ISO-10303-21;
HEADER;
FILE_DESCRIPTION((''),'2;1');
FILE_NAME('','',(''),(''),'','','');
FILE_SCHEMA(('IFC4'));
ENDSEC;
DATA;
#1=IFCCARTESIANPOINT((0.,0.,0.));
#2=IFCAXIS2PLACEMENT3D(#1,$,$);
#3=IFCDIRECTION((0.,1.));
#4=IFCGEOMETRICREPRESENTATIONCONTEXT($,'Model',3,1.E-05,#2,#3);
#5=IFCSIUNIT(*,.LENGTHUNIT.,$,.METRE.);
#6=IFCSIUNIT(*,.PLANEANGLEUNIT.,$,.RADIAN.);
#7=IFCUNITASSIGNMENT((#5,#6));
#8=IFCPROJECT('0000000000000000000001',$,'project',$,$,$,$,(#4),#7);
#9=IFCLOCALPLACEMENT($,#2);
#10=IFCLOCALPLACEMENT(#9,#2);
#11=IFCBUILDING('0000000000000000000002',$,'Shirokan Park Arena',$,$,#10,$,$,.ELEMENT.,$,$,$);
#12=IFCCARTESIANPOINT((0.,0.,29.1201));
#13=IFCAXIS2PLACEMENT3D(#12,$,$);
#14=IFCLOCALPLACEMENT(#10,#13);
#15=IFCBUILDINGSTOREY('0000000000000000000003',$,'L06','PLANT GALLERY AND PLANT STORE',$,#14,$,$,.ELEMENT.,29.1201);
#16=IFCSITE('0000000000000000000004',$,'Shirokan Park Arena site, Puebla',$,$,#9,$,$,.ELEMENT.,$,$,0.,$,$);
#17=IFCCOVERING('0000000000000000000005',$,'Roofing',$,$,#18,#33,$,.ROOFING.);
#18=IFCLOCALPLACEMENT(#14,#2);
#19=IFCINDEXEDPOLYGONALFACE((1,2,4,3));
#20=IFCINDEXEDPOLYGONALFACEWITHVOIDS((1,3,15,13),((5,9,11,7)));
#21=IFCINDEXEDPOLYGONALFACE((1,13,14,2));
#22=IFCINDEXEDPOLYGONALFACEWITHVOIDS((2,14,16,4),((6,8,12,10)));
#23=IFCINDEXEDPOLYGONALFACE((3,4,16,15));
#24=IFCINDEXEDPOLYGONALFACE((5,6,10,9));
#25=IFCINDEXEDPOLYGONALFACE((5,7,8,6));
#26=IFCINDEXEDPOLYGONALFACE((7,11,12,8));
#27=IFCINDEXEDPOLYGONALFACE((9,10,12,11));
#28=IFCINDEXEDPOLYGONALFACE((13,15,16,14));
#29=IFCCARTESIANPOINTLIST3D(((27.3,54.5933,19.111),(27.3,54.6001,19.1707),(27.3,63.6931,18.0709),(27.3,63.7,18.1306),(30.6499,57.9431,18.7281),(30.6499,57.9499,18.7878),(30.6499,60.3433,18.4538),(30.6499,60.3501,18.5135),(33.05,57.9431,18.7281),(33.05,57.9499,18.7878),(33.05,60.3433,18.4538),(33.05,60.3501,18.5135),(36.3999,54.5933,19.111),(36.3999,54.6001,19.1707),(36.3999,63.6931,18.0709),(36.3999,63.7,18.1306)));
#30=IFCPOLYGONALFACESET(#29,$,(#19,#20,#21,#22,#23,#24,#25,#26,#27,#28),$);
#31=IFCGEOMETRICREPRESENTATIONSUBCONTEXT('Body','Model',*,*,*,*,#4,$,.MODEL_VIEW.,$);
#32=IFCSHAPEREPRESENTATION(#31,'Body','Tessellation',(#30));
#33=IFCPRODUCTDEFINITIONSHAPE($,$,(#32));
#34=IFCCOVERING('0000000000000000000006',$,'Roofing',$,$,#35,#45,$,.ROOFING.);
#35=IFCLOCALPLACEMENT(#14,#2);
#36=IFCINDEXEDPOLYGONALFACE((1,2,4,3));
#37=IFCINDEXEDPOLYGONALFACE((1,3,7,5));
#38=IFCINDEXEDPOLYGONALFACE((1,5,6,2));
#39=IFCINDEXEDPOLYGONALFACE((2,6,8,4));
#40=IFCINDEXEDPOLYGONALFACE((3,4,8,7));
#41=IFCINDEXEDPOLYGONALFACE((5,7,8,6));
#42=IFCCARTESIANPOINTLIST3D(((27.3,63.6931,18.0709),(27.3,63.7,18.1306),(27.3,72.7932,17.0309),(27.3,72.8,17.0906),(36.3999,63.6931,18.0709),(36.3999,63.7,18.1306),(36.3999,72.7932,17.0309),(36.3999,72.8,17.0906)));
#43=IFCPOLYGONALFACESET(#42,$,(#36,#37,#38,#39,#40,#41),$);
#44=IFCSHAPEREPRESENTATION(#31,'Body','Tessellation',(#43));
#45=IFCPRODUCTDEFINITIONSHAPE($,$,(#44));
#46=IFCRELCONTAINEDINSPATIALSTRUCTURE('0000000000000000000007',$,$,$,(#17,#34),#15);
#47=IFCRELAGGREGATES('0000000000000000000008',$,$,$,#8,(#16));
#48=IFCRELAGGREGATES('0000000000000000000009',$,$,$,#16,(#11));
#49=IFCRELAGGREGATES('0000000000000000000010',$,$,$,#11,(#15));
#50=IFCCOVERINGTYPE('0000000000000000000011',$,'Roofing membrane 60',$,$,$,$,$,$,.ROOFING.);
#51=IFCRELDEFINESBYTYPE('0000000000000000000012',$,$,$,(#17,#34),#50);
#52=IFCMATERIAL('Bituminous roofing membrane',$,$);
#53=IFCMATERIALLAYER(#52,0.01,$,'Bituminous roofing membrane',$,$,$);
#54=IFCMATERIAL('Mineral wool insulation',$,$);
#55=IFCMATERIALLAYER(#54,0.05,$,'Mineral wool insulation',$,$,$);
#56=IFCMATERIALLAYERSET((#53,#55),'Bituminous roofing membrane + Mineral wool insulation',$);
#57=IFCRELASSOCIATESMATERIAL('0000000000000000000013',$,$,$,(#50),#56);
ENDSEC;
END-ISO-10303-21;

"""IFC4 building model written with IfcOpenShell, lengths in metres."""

from ifc_helpers import new_model, si_unit, direction, frame, origin, place, context, subcontext, project, spatial, polyline, outline, extrude, material, layer, layer_set, type_object, element, save


model = new_model("IFC4")

# Units and contexts
model_context = context("Model", 3, precision=1e-05, world=origin(), true_north=direction((0.0, 1.0)))
body_context = subcontext(model_context, "Body", "Model", "MODEL_VIEW")
ifc_project = project(units=[si_unit("LENGTHUNIT", "METRE"), si_unit("PLANEANGLEUNIT", "RADIAN")], contexts=[model_context])

# Site, building, storey
site_placement = place(None, origin())
site = spatial("IfcSite", under=ifc_project, at=site_placement, Name="Shirokan Park Arena site, Puebla", CompositionType="ELEMENT", RefElevation=0.0)
building_placement = place(site_placement, origin())
building = spatial("IfcBuilding", under=site, at=building_placement, Name="Shirokan Park Arena", CompositionType="ELEMENT")
storey_placement = place(building_placement, frame((0.0, 0.0, 29.1201)))
storey = spatial("IfcBuildingStorey", under=building, at=storey_placement, Name="L06", Description="PLANT GALLERY AND PLANT STORE", CompositionType="ELEMENT", Elevation=29.1201)

# Coverings
ifc_material_1 = material(Name="Bituminous roofing membrane")
ifc_layer_1 = layer(ifc_material_1, 0.01, Name="Bituminous roofing membrane")
ifc_material_2 = material(Name="Mineral wool insulation")
ifc_layer_2 = layer(ifc_material_2, 0.05, Name="Mineral wool insulation")
ifc_layer_set_1 = layer_set([ifc_layer_1, ifc_layer_2], Name="Bituminous roofing membrane + Mineral wool insulation")
covering_type_1 = type_object("IfcCoveringType", Name="Roofing membrane 60", PredefinedType="ROOFING", material=ifc_layer_set_1)
covering_1_placement = place(storey_placement, frame((27.3, 54.6001, 19.1707), z_axis=(0.0, 0.113553, 0.993532), x_axis=(1.0, 0.0, 0.0)))
element("IfcCovering", 1, at=covering_1_placement, inside=storey, type_object=covering_type_1, Name="Roofing", PredefinedType="ROOFING", context=body_context, shape_type="SweptSolid", body=[
    extrude(outline(polyline([(0.0, 0.0), (9.0999, 0.0), (9.0999, 9.1591), (0.0, 9.1591), (0.0, 0.0)]), holes=[polyline([(5.75, 3.3717), (5.75, 5.7874), (3.3499, 5.7874), (3.3499, 3.3717), (5.75, 3.3717)])]), origin(), (0.0, 0.0, -1.0), 0.0601),
])
covering_2_placement = place(storey_placement, frame((27.3, 63.7, 18.1306), z_axis=(0.0, 0.11355, 0.993532), x_axis=(1.0, 0.0, 0.0)))
element("IfcCovering", 2, at=covering_2_placement, inside=storey, type_object=covering_type_1, Name="Roofing", PredefinedType="ROOFING", context=body_context, shape_type="SweptSolid", body=[
    extrude(outline(polyline([(0.0, 0.0), (9.0999, 0.0), (9.0999, 9.1593), (0.0, 9.1593), (0.0, 0.0)])), origin(), (0.0, 0.0, -1.0), 0.0601),
])

save(model, "model.ifc")
